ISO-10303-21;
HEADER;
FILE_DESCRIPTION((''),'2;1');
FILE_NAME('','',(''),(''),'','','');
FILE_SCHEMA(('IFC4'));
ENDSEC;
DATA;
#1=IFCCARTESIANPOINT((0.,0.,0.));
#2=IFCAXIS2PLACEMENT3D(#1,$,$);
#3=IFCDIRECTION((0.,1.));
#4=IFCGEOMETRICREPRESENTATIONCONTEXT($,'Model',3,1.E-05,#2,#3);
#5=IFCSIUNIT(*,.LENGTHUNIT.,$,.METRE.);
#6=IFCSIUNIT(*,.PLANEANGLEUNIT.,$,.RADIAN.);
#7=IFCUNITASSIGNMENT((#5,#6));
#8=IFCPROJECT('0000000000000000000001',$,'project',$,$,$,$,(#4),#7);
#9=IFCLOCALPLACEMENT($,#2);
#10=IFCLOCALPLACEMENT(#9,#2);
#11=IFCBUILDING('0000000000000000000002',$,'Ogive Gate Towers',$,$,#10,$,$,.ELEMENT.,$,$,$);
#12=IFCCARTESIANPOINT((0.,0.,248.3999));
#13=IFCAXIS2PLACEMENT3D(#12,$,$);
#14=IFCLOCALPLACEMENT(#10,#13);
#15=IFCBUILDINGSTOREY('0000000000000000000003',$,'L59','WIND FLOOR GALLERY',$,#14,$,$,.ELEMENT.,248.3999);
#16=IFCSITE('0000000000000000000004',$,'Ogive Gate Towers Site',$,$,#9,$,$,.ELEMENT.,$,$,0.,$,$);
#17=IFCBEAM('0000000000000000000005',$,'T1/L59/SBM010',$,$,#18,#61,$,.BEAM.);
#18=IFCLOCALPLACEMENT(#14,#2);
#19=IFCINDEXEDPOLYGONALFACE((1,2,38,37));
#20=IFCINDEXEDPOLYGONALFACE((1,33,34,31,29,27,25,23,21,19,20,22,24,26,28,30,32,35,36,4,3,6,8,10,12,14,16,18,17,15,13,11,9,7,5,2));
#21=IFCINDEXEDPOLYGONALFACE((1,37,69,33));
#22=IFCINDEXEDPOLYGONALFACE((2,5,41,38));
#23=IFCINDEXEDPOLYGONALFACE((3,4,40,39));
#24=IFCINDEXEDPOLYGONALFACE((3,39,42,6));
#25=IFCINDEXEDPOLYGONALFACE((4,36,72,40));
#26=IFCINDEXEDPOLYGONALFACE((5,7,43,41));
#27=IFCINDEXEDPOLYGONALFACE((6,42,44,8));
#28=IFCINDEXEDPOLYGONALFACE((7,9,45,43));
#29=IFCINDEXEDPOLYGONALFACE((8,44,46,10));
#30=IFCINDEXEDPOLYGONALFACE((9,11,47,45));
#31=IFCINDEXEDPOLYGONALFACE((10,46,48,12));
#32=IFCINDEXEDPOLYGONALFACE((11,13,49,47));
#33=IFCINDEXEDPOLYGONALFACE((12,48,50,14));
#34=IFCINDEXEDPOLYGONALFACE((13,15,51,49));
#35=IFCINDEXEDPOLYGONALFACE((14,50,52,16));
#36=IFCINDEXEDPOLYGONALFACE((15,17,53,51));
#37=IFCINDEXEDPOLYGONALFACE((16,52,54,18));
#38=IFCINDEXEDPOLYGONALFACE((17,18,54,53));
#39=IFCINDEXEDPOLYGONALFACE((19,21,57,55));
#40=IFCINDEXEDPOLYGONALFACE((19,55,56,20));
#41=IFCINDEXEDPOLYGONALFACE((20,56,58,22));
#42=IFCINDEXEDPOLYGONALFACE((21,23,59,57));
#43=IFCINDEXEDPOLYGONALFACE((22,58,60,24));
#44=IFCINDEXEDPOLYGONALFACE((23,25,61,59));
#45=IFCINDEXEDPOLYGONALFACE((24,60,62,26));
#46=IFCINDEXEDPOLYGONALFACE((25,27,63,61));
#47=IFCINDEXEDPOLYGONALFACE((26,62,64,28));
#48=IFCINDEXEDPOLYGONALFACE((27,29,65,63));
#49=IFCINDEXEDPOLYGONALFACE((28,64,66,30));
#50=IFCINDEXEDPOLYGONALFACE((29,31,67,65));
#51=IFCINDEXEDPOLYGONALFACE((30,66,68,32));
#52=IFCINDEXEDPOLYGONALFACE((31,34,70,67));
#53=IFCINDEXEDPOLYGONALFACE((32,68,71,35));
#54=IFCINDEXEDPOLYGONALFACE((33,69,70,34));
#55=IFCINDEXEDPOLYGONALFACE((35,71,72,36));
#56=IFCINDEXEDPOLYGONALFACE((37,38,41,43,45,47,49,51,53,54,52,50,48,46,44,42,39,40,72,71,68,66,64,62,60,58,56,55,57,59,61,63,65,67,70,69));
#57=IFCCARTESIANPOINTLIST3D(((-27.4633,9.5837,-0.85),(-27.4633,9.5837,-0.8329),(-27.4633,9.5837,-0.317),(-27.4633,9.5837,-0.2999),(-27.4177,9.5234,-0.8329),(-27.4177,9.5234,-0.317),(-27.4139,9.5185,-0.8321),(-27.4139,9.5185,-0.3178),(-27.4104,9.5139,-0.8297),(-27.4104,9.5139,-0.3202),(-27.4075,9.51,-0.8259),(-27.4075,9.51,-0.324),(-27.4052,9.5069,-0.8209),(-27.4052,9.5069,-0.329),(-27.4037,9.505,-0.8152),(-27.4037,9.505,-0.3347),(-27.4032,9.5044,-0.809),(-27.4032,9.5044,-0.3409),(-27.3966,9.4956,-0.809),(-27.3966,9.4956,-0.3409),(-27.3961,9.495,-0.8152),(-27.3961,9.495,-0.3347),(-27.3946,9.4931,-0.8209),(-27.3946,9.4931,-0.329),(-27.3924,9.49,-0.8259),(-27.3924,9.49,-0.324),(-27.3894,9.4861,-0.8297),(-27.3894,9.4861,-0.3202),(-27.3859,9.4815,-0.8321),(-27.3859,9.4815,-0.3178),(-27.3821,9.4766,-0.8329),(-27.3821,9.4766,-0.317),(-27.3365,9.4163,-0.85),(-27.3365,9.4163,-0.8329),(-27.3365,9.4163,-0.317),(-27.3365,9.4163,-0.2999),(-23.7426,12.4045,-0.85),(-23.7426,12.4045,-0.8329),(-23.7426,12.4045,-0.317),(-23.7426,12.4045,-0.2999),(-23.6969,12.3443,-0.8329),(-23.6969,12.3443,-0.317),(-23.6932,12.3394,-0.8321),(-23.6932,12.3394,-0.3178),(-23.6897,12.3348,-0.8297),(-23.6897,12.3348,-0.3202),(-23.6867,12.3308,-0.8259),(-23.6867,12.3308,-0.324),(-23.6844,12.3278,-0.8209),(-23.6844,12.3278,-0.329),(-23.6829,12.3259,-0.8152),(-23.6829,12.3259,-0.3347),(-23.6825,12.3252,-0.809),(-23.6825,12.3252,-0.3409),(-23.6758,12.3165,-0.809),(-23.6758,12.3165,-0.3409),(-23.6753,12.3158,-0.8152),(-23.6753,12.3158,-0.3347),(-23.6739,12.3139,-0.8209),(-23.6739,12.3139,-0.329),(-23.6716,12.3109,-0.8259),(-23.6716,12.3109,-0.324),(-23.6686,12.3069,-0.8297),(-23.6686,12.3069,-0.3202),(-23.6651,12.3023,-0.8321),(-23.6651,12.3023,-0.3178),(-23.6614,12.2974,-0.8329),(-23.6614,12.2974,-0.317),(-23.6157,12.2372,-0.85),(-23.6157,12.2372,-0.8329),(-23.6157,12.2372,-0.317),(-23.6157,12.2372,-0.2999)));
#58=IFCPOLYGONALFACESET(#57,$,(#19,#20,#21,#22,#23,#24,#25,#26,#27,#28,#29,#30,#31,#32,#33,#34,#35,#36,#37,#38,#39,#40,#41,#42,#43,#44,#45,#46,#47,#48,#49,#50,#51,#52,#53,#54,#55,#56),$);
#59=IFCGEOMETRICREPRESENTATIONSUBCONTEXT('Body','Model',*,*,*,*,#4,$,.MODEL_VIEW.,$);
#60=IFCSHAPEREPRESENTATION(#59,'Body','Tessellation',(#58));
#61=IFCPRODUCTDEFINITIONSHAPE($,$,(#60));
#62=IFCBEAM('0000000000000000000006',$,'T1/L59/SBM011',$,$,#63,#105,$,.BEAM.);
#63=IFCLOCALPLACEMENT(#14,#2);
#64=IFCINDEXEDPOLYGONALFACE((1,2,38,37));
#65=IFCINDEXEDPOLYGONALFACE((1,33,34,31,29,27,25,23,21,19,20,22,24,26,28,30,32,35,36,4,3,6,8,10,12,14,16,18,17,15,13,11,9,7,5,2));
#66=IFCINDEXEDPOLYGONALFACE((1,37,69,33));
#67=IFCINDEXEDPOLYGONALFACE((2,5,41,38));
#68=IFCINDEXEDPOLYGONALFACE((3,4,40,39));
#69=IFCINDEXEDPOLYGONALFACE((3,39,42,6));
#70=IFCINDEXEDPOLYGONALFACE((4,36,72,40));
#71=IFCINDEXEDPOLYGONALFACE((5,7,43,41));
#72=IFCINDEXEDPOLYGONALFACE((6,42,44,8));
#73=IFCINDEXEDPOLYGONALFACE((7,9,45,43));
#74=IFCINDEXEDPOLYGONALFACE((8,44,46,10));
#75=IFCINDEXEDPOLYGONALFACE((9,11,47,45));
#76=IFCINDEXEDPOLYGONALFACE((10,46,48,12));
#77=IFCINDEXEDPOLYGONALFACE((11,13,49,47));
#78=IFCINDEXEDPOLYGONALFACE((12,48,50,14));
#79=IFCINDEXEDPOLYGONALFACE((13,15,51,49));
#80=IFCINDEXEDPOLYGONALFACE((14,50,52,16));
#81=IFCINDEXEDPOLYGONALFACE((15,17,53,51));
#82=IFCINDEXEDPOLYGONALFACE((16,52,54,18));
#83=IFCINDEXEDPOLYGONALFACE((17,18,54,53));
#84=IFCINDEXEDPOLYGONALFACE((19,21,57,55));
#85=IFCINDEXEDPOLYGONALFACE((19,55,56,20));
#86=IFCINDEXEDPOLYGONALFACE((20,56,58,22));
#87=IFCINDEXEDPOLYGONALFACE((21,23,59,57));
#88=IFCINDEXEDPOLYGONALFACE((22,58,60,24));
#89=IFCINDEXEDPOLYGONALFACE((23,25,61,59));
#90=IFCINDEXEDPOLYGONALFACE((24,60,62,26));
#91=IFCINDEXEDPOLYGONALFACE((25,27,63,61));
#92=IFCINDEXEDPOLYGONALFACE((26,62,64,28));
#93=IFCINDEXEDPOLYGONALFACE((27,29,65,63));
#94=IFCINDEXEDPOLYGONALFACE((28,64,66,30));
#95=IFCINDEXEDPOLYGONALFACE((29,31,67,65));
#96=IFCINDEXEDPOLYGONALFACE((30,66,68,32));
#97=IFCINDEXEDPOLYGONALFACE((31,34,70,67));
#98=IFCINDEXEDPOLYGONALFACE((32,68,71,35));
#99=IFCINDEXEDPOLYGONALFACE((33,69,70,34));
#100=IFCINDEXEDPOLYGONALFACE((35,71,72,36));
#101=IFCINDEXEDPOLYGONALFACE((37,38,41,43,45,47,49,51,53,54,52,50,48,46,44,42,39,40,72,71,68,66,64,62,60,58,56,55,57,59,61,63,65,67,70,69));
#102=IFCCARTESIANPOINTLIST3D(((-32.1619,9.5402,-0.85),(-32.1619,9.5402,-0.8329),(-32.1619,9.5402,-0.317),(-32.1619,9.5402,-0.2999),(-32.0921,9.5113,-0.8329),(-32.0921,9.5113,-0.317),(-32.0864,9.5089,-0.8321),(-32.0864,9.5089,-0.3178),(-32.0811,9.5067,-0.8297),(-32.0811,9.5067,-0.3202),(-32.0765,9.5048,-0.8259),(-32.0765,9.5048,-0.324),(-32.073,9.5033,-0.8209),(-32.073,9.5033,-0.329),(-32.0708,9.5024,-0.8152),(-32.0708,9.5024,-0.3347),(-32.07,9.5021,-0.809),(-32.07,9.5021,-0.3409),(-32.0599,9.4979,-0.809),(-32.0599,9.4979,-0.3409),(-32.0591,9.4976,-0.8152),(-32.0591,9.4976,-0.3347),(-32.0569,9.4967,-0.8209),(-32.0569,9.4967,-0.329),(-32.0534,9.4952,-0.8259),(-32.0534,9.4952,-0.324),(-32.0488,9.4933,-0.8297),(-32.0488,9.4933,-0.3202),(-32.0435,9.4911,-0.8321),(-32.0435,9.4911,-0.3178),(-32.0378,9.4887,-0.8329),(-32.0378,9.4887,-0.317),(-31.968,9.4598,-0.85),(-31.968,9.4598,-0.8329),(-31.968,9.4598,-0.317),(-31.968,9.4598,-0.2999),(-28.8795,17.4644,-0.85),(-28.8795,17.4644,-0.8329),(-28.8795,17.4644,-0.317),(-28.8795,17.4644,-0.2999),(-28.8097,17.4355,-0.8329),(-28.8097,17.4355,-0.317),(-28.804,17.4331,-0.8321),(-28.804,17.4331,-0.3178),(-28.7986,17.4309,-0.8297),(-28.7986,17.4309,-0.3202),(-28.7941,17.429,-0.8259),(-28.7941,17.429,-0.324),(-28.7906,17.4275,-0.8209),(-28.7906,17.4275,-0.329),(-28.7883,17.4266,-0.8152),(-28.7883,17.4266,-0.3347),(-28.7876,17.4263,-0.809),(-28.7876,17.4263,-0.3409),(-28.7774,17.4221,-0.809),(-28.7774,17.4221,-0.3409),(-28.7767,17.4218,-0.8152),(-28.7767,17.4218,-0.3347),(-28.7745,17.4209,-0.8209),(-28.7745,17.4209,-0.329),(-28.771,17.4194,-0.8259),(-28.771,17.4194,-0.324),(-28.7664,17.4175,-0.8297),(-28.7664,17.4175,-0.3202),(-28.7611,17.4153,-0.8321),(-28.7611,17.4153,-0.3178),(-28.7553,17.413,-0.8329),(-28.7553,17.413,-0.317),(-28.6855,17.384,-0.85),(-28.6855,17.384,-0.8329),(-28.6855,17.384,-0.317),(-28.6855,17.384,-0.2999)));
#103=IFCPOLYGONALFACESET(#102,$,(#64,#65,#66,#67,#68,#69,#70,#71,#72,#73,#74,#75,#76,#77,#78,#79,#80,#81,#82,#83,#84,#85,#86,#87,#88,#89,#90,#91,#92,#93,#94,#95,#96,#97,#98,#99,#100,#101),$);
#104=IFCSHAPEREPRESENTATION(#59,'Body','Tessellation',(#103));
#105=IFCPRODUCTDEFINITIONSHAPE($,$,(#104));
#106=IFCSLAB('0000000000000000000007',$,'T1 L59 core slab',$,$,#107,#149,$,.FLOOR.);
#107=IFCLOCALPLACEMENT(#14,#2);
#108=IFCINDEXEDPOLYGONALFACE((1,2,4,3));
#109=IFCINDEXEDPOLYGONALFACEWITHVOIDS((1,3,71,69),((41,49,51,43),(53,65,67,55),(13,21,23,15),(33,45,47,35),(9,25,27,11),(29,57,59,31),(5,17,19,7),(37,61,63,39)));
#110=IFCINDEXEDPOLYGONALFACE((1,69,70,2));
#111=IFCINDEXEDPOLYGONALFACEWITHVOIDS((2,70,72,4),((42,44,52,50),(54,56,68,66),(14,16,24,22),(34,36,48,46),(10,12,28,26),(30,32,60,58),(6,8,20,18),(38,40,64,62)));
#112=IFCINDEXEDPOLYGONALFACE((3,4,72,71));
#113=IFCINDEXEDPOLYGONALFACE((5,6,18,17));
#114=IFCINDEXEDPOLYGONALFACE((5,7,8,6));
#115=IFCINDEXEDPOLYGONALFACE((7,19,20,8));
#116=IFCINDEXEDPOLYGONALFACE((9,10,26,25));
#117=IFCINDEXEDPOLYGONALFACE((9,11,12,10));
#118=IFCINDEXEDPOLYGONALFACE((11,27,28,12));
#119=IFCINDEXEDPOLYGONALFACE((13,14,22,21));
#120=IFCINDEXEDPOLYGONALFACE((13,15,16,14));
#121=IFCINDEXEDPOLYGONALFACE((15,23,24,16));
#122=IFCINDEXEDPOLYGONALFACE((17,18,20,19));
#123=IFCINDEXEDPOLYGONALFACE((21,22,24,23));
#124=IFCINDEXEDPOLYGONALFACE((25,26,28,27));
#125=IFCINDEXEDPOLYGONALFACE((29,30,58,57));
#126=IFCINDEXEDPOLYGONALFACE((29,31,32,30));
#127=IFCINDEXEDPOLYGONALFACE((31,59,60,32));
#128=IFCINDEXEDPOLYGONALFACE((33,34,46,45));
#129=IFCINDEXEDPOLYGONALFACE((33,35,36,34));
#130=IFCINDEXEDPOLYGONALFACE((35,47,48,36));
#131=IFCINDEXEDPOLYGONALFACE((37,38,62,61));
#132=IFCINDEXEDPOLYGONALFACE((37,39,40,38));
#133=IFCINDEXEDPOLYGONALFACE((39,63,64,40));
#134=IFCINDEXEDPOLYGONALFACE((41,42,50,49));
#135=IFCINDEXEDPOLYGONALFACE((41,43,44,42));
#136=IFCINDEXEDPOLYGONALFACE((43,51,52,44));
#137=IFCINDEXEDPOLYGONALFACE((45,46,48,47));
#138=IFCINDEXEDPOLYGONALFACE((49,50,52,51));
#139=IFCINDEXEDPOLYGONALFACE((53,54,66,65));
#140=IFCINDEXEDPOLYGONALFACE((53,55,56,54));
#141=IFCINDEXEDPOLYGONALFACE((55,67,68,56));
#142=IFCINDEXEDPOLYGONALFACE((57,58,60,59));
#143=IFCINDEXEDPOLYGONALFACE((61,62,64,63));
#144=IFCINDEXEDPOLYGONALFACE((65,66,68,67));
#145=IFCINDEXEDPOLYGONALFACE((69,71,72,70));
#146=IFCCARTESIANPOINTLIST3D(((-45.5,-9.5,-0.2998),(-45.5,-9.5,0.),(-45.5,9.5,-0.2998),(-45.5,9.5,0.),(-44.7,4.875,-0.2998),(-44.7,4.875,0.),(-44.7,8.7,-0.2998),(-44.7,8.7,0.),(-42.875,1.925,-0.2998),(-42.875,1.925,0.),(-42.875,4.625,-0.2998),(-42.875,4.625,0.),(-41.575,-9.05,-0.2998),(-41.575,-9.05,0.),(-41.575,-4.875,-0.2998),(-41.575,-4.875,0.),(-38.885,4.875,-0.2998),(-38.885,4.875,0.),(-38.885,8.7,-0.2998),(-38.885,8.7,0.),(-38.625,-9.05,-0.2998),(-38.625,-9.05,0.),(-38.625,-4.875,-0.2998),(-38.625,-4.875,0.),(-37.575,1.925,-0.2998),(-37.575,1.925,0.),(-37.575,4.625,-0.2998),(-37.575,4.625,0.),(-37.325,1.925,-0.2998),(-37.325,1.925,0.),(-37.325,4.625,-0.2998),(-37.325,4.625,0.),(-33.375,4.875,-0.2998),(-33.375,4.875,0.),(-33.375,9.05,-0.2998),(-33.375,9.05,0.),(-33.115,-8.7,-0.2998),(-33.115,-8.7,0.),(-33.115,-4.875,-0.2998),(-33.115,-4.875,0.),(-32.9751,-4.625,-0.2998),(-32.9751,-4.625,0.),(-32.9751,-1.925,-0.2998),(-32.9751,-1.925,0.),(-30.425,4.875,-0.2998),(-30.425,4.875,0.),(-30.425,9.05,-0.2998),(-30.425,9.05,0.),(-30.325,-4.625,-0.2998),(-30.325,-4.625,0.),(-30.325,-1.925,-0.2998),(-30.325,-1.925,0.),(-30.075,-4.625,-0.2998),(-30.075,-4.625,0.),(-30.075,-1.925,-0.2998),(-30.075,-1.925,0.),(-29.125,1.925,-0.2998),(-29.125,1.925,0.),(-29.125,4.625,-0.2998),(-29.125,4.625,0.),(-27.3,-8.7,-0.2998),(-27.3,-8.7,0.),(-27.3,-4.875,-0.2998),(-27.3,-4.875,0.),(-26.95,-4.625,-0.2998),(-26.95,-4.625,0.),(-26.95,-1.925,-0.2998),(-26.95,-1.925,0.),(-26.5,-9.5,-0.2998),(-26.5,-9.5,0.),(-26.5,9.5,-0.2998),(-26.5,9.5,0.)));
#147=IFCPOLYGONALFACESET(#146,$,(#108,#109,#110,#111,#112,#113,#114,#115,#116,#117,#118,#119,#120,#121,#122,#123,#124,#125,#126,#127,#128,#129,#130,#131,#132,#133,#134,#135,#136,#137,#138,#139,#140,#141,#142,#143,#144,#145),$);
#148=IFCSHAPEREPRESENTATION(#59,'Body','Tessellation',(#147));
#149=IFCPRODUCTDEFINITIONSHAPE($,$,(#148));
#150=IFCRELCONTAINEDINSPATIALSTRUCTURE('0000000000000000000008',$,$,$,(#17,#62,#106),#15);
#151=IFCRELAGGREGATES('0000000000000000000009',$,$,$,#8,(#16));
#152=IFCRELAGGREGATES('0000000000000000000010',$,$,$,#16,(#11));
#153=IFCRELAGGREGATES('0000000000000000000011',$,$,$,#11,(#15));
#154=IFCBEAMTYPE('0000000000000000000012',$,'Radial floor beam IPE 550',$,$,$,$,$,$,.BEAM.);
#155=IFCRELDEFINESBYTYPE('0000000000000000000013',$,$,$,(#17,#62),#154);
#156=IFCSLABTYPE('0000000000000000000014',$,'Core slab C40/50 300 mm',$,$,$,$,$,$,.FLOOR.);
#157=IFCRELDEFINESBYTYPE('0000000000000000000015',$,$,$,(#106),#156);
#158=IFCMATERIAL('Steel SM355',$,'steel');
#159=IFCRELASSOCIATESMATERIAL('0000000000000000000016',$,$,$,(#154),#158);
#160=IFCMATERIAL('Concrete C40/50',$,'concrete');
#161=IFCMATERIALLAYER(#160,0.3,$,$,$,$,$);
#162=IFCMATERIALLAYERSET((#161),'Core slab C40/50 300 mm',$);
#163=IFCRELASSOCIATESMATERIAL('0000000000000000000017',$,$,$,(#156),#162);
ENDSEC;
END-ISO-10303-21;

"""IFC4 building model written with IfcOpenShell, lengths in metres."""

from ifc_helpers import new_model, si_unit, direction, frame, origin, origin_2d, place, context, subcontext, project, spatial, polyline, i_section, outline, extrude, material, layer, layer_set, material_profile, profile_set, type_object, element, save


model = new_model("IFC4")

# Units and contexts
model_context = context("Model", 3, precision=1e-05, world=origin(), true_north=direction((0.0, 1.0)))
body_context = subcontext(model_context, "Body", "Model", "MODEL_VIEW")
ifc_project = project(units=[si_unit("LENGTHUNIT", "METRE"), si_unit("PLANEANGLEUNIT", "RADIAN")], contexts=[model_context])

# Site, building, storey
site_placement = place(None, origin())
site = spatial("IfcSite", under=ifc_project, at=site_placement, Name="Ogive Gate Towers Site", CompositionType="ELEMENT", RefElevation=0.0)
building_placement = place(site_placement, origin())
building = spatial("IfcBuilding", under=site, at=building_placement, Name="Ogive Gate Towers", CompositionType="ELEMENT")
storey_placement = place(building_placement, frame((0.0, 0.0, 248.3999)))
storey = spatial("IfcBuildingStorey", under=building, at=storey_placement, Name="L59", Description="WIND FLOOR GALLERY", CompositionType="ELEMENT", Elevation=248.3999)

# Beams
ifc_material_1 = material(Name="Steel SM355", Category="steel")
ifc_material_profile_1 = material_profile(ifc_material_1, i_section(OverallWidth=0.21, OverallDepth=0.55, WebThickness=0.011, FlangeThickness=0.0171, FilletRadius=0.0239, at=origin_2d()), Name="IPE 550")
ifc_profile_set_1 = profile_set([ifc_material_profile_1], Name="Steel SM355")
beam_type_1 = type_object("IfcBeamType", Name="Radial floor beam IPE 550", PredefinedType="BEAM", material=ifc_profile_set_1)
beam_1_placement = place(storey_placement, frame((-27.3999, 9.5, -0.575), z_axis=(0.796877, 0.604142, 0.0), x_axis=(-0.604142, 0.796877, 0.0)))
element("IfcBeam", 1, at=beam_1_placement, inside=storey, type_object=beam_type_1, Name="T1/L59/SBM010", PredefinedType="BEAM", context=body_context, shape_type="SweptSolid", body=[
    extrude(i_section(OverallWidth=0.21, OverallDepth=0.55, WebThickness=0.011, FlangeThickness=0.0171, FilletRadius=0.0239, at=origin_2d()), origin(), (0.0, 0.0, 1.0), 4.6692),
])
beam_2_placement = place(storey_placement, frame((-32.0649, 9.5, -0.575), z_axis=(0.382695, 0.923875, 0.0), x_axis=(-0.923875, 0.382695, 0.0)))
element("IfcBeam", 2, at=beam_2_placement, inside=storey, type_object=beam_type_1, Name="T1/L59/SBM011", PredefinedType="BEAM", context=body_context, shape_type="SweptSolid", body=[
    extrude(i_section(OverallWidth=0.21, OverallDepth=0.55, WebThickness=0.011, FlangeThickness=0.0171, FilletRadius=0.0239, at=origin_2d()), origin(), (0.0, 0.0, 1.0), 8.5771),
])

# Slab
ifc_material_2 = material(Name="Concrete C40/50", Category="concrete")
ifc_layer_1 = layer(ifc_material_2, 0.3)
ifc_layer_set_1 = layer_set([ifc_layer_1], Name="Core slab C40/50 300 mm")
slab_type_1 = type_object("IfcSlabType", Name="Core slab C40/50 300 mm", PredefinedType="FLOOR", material=ifc_layer_set_1)
slab_1_placement = place(storey_placement, frame((0.0, 0.0, -0.2998)))
element("IfcSlab", 3, at=slab_1_placement, inside=storey, type_object=slab_type_1, Name="T1 L59 core slab", PredefinedType="FLOOR", context=body_context, shape_type="SweptSolid", body=[
    extrude(outline(polyline([(-45.5, -9.5), (-45.5, 9.5), (-26.5, 9.5), (-26.5, -9.5), (-45.5, -9.5)]), holes=[polyline([(-42.875, 1.925), (-37.575, 1.925), (-37.575, 4.625), (-42.875, 4.625), (-42.875, 1.925)]), polyline([(-37.325, 4.625), (-37.325, 1.925), (-29.125, 1.925), (-29.125, 4.625), (-37.325, 4.625)]), polyline([(-30.325, -1.925), (-32.9751, -1.925), (-32.9751, -4.625), (-30.325, -4.625), (-30.325, -1.925)]), polyline([(-26.95, -4.625), (-26.95, -1.925), (-30.075, -1.925), (-30.075, -4.625), (-26.95, -4.625)]), polyline([(-33.375, 4.875), (-30.425, 4.875), (-30.425, 9.05), (-33.375, 9.05), (-33.375, 4.875)]), polyline([(-41.575, -4.875), (-41.575, -9.05), (-38.625, -9.05), (-38.625, -4.875), (-41.575, -4.875)]), polyline([(-44.7, 4.875), (-38.885, 4.875), (-38.885, 8.7), (-44.7, 8.7), (-44.7, 4.875)]), polyline([(-27.3, -8.7), (-27.3, -4.875), (-33.115, -4.875), (-33.115, -8.7), (-27.3, -8.7)])]), origin(), (0.0, 0.0, 1.0), 0.2998),
])

save(model, "model.ifc")
